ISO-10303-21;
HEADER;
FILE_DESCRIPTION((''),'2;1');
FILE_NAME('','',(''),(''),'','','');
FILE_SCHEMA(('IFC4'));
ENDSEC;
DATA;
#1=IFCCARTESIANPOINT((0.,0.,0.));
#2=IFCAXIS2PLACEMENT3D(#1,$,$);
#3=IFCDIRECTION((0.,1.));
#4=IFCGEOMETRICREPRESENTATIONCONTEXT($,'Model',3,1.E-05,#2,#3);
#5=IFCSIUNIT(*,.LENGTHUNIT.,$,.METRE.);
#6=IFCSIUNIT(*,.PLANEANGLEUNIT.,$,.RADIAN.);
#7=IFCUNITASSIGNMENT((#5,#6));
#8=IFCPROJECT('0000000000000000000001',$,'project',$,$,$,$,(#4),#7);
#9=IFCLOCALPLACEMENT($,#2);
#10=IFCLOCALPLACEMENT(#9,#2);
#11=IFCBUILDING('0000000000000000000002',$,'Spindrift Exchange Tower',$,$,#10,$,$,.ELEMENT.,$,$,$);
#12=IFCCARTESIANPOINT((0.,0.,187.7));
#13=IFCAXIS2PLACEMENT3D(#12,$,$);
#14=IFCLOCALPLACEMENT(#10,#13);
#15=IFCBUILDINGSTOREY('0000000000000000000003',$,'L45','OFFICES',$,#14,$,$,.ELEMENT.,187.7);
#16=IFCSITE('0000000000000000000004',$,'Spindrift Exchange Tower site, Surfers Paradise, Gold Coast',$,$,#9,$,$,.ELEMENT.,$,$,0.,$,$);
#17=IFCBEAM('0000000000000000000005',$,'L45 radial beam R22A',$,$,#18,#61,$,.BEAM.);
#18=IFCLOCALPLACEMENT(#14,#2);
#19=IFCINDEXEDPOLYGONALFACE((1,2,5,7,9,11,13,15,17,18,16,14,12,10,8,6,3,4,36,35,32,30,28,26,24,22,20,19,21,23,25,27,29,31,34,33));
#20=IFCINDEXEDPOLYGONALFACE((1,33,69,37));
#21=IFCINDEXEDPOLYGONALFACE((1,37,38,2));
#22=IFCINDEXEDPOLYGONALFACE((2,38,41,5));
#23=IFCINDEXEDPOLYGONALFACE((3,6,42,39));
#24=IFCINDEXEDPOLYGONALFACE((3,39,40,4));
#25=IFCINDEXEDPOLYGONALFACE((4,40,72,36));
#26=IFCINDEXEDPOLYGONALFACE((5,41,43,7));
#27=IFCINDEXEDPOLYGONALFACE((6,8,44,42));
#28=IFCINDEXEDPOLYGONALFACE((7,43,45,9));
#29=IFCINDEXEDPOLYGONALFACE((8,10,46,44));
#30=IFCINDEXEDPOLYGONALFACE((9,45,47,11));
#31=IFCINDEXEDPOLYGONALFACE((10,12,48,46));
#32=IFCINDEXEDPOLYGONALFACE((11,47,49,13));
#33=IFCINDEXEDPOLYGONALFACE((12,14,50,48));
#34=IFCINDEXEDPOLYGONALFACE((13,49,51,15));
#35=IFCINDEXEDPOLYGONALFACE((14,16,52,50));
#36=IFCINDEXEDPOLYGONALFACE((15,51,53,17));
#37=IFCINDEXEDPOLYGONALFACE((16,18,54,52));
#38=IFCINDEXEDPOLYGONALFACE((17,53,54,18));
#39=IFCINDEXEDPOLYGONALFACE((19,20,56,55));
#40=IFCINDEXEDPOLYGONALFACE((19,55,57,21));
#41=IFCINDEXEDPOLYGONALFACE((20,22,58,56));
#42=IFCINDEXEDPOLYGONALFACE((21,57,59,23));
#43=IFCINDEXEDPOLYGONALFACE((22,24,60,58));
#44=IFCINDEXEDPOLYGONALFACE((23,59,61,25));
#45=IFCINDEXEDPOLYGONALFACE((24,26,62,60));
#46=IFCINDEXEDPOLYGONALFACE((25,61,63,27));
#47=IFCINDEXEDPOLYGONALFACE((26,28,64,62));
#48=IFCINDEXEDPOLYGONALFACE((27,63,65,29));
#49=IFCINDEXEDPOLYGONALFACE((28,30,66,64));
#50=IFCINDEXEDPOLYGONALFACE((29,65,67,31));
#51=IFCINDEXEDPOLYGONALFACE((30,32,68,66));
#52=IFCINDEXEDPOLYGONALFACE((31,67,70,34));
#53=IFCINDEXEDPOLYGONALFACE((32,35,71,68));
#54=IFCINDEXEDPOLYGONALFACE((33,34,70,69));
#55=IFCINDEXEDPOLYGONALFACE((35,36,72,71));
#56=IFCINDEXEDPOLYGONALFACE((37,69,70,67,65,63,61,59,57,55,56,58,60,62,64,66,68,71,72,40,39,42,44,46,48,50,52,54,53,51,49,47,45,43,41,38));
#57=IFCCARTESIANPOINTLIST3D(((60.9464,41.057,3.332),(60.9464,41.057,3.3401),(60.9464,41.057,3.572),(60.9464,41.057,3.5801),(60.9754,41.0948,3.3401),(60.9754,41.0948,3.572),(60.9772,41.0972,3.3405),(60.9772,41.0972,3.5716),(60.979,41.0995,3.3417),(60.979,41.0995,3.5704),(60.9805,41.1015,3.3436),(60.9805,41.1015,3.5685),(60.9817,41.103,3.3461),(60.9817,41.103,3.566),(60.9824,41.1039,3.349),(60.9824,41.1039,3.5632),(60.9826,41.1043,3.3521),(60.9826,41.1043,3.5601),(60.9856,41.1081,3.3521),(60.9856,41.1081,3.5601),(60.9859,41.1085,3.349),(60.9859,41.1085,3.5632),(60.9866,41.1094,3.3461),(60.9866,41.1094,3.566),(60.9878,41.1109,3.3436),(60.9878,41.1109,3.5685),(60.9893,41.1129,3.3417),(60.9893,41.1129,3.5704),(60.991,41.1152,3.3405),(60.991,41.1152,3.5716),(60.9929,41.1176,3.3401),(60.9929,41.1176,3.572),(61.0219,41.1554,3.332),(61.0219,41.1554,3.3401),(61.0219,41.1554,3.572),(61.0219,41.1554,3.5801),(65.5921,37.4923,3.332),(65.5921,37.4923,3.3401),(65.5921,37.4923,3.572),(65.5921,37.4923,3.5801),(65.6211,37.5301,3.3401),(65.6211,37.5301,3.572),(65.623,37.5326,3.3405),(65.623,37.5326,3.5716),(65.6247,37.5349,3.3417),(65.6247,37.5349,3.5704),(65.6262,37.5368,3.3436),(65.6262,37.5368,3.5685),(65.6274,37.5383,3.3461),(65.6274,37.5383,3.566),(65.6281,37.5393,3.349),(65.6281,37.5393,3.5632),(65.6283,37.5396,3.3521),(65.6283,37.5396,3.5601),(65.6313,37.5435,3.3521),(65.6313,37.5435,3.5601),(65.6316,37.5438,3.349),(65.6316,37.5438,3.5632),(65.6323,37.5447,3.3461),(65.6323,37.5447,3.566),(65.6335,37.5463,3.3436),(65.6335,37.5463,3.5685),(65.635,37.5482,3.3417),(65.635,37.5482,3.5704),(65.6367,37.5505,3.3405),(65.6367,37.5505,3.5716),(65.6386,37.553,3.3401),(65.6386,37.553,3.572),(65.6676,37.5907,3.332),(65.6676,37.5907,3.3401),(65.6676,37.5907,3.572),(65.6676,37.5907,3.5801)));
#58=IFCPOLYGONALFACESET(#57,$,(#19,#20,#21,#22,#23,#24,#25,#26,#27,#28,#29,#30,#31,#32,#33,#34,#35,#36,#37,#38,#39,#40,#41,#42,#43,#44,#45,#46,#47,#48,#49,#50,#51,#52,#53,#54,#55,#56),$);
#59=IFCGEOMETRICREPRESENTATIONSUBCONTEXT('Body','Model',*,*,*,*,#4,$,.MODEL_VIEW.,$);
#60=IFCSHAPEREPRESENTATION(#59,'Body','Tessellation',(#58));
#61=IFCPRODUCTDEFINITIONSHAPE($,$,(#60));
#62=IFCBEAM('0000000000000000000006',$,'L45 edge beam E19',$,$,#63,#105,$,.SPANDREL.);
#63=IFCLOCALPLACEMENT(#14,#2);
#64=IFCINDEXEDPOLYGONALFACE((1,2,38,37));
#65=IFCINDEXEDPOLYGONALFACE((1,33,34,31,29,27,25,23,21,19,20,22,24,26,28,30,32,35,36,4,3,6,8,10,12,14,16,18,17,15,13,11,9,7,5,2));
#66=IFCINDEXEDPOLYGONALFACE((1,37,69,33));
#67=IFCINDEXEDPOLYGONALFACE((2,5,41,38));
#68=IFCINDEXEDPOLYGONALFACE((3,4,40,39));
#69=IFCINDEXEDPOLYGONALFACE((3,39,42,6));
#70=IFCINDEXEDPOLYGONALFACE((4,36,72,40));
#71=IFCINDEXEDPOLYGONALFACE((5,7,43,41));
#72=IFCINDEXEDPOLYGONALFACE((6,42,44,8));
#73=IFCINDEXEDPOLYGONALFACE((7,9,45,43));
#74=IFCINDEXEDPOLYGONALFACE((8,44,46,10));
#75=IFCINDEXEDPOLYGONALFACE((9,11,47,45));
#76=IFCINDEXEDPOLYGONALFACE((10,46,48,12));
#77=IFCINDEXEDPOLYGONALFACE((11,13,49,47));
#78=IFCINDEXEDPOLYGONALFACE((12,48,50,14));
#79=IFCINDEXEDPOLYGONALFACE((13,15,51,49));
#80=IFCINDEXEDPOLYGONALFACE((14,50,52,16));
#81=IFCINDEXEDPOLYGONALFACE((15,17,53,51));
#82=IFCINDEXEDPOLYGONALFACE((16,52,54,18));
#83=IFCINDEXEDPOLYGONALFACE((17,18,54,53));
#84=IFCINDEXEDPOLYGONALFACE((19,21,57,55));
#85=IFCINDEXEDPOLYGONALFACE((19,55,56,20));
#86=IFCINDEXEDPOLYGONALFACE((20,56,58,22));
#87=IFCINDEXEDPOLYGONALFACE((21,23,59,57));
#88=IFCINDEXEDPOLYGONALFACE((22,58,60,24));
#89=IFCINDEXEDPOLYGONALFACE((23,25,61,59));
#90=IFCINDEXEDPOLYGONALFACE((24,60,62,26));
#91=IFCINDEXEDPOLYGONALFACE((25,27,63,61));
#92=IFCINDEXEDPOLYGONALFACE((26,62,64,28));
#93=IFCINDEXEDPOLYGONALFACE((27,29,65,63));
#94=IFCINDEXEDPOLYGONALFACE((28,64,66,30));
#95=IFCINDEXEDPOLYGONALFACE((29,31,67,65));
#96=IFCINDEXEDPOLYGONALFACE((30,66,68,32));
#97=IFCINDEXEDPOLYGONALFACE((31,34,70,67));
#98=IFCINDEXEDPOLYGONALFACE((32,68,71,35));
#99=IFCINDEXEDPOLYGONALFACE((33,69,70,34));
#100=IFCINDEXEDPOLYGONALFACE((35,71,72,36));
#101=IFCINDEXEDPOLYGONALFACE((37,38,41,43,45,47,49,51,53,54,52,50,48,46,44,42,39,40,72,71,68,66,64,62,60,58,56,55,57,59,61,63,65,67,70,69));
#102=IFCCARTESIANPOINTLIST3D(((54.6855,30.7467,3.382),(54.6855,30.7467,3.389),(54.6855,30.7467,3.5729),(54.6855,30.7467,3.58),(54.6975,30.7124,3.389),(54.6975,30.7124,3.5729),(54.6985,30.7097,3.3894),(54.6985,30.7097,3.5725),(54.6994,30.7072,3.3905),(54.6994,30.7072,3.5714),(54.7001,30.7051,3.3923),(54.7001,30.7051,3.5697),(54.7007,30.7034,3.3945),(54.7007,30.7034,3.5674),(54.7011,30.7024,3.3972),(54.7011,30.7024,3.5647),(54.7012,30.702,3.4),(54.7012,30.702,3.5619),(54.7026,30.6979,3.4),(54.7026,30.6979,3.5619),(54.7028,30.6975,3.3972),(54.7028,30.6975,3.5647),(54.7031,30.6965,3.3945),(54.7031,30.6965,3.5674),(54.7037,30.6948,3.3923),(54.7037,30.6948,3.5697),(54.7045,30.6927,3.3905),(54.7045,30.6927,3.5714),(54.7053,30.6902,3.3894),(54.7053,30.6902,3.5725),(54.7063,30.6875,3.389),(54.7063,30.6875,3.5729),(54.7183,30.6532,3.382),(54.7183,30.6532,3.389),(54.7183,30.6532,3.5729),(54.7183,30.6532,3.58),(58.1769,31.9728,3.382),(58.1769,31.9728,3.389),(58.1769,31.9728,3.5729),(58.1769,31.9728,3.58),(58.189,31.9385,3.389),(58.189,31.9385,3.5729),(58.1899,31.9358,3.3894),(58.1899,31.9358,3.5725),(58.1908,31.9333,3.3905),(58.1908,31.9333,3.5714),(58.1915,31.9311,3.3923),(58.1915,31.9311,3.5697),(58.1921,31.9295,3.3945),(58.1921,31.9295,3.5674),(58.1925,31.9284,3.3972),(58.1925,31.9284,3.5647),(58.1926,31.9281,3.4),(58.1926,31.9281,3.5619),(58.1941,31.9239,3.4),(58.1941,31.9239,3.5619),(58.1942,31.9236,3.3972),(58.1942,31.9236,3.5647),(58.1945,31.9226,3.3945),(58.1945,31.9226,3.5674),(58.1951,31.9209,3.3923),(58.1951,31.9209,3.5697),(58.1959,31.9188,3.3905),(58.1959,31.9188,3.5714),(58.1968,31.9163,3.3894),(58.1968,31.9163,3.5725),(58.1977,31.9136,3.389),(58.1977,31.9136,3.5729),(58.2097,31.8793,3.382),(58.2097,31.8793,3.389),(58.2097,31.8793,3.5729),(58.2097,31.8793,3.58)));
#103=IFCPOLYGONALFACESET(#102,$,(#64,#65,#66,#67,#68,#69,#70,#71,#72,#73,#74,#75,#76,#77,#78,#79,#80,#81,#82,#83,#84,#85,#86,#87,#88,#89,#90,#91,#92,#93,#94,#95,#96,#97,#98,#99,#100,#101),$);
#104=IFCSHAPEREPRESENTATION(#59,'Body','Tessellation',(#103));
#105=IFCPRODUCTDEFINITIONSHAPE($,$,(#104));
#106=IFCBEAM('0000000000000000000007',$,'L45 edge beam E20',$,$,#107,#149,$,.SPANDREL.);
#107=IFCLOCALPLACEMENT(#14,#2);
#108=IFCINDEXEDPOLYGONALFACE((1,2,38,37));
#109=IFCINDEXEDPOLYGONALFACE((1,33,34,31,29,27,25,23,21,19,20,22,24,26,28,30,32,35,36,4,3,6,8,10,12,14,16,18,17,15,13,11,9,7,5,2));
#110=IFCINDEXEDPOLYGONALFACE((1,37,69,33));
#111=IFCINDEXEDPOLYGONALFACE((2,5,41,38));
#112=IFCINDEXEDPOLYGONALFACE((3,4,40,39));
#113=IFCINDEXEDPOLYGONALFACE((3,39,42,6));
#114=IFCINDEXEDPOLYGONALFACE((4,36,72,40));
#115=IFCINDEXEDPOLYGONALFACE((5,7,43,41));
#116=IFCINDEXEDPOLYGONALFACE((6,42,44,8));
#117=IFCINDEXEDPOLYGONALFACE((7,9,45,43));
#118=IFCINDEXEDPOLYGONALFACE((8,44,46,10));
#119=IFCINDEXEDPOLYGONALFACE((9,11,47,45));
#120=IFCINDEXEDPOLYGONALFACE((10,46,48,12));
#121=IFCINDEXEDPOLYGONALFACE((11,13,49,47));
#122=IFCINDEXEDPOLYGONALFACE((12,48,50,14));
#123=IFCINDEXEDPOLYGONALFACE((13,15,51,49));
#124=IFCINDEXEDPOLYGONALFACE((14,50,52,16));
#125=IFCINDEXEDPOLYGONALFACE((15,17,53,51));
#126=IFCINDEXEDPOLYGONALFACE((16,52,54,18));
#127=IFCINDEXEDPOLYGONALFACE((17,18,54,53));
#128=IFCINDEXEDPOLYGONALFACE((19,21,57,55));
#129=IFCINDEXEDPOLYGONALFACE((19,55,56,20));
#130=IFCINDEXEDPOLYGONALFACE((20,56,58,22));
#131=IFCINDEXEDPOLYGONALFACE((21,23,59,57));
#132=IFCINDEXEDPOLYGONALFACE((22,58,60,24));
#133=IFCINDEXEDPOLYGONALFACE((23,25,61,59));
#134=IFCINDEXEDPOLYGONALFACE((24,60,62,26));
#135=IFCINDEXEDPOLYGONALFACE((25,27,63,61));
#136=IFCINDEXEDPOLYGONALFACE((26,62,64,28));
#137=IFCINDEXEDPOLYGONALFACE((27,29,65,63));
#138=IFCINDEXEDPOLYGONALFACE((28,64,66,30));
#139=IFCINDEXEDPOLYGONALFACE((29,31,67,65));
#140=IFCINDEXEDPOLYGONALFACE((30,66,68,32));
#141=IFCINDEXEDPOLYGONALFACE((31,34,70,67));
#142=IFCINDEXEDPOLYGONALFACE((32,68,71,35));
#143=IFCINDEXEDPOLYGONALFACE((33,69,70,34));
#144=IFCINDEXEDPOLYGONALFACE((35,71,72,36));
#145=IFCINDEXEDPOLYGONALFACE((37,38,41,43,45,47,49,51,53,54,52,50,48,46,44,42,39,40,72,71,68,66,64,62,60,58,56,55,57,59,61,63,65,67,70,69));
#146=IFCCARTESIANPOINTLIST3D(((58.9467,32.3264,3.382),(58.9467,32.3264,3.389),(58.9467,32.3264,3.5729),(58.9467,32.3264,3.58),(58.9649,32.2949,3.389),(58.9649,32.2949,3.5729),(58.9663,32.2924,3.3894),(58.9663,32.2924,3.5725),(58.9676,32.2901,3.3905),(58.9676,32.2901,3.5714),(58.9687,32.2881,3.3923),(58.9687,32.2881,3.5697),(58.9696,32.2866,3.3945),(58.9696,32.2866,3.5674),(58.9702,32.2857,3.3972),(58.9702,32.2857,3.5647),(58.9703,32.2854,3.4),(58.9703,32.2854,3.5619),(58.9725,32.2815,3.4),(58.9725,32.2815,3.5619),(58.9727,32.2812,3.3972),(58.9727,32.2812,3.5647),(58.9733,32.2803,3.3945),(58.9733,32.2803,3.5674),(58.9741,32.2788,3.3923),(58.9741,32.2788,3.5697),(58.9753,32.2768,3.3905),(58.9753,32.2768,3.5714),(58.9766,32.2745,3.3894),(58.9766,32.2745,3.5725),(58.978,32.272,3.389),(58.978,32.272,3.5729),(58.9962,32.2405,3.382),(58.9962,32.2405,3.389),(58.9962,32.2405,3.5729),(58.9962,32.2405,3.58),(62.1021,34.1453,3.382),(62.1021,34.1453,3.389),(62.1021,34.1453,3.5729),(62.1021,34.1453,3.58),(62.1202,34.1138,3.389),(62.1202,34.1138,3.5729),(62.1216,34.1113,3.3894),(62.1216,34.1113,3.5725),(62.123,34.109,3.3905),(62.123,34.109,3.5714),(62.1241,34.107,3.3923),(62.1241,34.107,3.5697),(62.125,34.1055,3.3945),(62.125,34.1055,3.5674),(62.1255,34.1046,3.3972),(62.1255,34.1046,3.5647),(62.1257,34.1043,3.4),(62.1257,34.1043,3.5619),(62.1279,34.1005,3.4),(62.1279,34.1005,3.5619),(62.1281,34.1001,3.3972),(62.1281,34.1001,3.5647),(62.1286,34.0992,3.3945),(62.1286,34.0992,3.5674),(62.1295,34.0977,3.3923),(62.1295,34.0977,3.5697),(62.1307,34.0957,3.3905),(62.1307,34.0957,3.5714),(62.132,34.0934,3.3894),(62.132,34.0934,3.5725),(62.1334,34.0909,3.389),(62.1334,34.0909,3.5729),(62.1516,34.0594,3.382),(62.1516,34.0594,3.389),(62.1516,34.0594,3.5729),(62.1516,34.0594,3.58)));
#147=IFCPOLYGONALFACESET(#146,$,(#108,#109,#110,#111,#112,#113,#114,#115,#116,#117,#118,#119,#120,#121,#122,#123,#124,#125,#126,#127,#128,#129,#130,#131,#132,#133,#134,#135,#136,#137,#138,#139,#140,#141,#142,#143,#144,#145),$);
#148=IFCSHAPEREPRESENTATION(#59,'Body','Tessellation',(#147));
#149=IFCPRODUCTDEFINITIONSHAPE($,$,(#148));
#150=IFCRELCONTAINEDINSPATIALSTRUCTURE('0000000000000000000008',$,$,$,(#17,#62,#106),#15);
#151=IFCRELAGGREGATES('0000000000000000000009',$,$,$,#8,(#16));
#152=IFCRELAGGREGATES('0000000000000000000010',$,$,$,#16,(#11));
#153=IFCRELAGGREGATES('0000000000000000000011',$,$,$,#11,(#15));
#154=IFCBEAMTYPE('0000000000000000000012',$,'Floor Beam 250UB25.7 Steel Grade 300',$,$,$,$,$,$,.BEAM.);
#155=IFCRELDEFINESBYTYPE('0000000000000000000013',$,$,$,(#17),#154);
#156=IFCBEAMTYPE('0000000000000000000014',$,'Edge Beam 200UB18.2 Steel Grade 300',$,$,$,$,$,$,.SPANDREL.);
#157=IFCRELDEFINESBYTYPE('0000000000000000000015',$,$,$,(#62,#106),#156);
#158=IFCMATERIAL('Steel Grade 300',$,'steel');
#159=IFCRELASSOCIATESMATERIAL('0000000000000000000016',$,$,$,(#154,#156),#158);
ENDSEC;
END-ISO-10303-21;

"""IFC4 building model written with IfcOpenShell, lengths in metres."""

from ifc_helpers import new_model, si_unit, direction, frame, origin, origin_2d, place, context, subcontext, project, spatial, i_section, extrude, source, transform, mapped, material, material_profile, profile_set, type_object, element, save


model = new_model("IFC4")

# Units and contexts
model_context = context("Model", 3, precision=1e-05, world=origin(), true_north=direction((0.0, 1.0)))
body_context = subcontext(model_context, "Body", "Model", "MODEL_VIEW")
ifc_project = project(units=[si_unit("LENGTHUNIT", "METRE"), si_unit("PLANEANGLEUNIT", "RADIAN")], contexts=[model_context])

# Site, building, storey
site_placement = place(None, origin())
site = spatial("IfcSite", under=ifc_project, at=site_placement, Name="Spindrift Exchange Tower site, Surfers Paradise, Gold Coast", CompositionType="ELEMENT", RefElevation=0.0)
building_placement = place(site_placement, origin())
building = spatial("IfcBuilding", under=site, at=building_placement, Name="Spindrift Exchange Tower", CompositionType="ELEMENT")
storey_placement = place(building_placement, frame((0.0, 0.0, 187.7)))
storey = spatial("IfcBuildingStorey", under=building, at=storey_placement, Name="L45", Description="OFFICES", CompositionType="ELEMENT", Elevation=187.7)

# Beams
ifc_material_1 = material(Name="Steel Grade 300", Category="steel")
ifc_material_profile_1 = material_profile(ifc_material_1, i_section(OverallWidth=0.124, OverallDepth=0.248, WebThickness=0.0049, FlangeThickness=0.0081, FilletRadius=0.012, at=origin_2d()), Name="250UB25.7")
ifc_profile_set_1 = profile_set([ifc_material_profile_1], Name="Steel Grade 300")
beam_type_1 = type_object("IfcBeamType", Name="Floor Beam 250UB25.7 Steel Grade 300", PredefinedType="BEAM", material=ifc_profile_set_1)
shared_shape_1 = source(origin(), body_context, "Body", "SweptSolid", [
    extrude(i_section(OverallWidth=0.124, OverallDepth=0.248, WebThickness=0.0049, FlangeThickness=0.0081, FilletRadius=0.012, at=origin_2d()), origin(), (0.0, 0.0, 1.0), 5.8557),
])
beam_1_placement = place(storey_placement, frame((60.9841, 41.1062, 3.4561), z_axis=(0.793363, -0.608749, 0.0), x_axis=(0.608749, 0.793363, 0.0)))
element("IfcBeam", 1, at=beam_1_placement, inside=storey, type_object=beam_type_1, Name="L45 radial beam R22A", PredefinedType="BEAM", context=body_context, shape_type="MappedRepresentation", body=[
    mapped(shared_shape_1, transform((0.0, 0.0, 0.0), scale=1.0)),
])
ifc_material_profile_2 = material_profile(ifc_material_1, i_section(OverallWidth=0.0991, OverallDepth=0.198, WebThickness=0.0044, FlangeThickness=0.0071, FilletRadius=0.011, at=origin_2d()), Name="200UB18.2")
ifc_profile_set_2 = profile_set([ifc_material_profile_2], Name="Steel Grade 300")
beam_type_2 = type_object("IfcBeamType", Name="Edge Beam 200UB18.2 Steel Grade 300", PredefinedType="SPANDREL", material=ifc_profile_set_2)
shared_shape_2 = source(origin(), body_context, "Body", "SweptSolid", [
    extrude(i_section(OverallWidth=0.0991, OverallDepth=0.198, WebThickness=0.0044, FlangeThickness=0.0071, FilletRadius=0.011, at=origin_2d()), origin(), (0.0, 0.0, 1.0), 3.7004),
])
beam_2_placement = place(storey_placement, frame((54.7019, 30.7, 3.481), z_axis=(0.943515, 0.331329, 0.0), x_axis=(-0.331329, 0.943515, 0.0)))
element("IfcBeam", 2, at=beam_2_placement, inside=storey, type_object=beam_type_2, Name="L45 edge beam E19", PredefinedType="SPANDREL", context=body_context, shape_type="MappedRepresentation", body=[
    mapped(shared_shape_2, transform((0.0, 0.0, 0.0), scale=1.0)),
])
shared_shape_3 = source(origin(), body_context, "Body", "SweptSolid", [
    extrude(i_section(OverallWidth=0.0991, OverallDepth=0.198, WebThickness=0.0044, FlangeThickness=0.0071, FilletRadius=0.011, at=origin_2d()), origin(), (0.0, 0.0, 1.0), 3.6421),
])
beam_3_placement = place(storey_placement, frame((58.9714, 32.2834, 3.481), z_axis=(0.866364, 0.499413, 0.0), x_axis=(-0.499413, 0.866364, 0.0)))
element("IfcBeam", 3, at=beam_3_placement, inside=storey, type_object=beam_type_2, Name="L45 edge beam E20", PredefinedType="SPANDREL", context=body_context, shape_type="MappedRepresentation", body=[
    mapped(shared_shape_3, transform((0.0, 0.0, 0.0), scale=1.0)),
])

save(model, "model.ifc")
